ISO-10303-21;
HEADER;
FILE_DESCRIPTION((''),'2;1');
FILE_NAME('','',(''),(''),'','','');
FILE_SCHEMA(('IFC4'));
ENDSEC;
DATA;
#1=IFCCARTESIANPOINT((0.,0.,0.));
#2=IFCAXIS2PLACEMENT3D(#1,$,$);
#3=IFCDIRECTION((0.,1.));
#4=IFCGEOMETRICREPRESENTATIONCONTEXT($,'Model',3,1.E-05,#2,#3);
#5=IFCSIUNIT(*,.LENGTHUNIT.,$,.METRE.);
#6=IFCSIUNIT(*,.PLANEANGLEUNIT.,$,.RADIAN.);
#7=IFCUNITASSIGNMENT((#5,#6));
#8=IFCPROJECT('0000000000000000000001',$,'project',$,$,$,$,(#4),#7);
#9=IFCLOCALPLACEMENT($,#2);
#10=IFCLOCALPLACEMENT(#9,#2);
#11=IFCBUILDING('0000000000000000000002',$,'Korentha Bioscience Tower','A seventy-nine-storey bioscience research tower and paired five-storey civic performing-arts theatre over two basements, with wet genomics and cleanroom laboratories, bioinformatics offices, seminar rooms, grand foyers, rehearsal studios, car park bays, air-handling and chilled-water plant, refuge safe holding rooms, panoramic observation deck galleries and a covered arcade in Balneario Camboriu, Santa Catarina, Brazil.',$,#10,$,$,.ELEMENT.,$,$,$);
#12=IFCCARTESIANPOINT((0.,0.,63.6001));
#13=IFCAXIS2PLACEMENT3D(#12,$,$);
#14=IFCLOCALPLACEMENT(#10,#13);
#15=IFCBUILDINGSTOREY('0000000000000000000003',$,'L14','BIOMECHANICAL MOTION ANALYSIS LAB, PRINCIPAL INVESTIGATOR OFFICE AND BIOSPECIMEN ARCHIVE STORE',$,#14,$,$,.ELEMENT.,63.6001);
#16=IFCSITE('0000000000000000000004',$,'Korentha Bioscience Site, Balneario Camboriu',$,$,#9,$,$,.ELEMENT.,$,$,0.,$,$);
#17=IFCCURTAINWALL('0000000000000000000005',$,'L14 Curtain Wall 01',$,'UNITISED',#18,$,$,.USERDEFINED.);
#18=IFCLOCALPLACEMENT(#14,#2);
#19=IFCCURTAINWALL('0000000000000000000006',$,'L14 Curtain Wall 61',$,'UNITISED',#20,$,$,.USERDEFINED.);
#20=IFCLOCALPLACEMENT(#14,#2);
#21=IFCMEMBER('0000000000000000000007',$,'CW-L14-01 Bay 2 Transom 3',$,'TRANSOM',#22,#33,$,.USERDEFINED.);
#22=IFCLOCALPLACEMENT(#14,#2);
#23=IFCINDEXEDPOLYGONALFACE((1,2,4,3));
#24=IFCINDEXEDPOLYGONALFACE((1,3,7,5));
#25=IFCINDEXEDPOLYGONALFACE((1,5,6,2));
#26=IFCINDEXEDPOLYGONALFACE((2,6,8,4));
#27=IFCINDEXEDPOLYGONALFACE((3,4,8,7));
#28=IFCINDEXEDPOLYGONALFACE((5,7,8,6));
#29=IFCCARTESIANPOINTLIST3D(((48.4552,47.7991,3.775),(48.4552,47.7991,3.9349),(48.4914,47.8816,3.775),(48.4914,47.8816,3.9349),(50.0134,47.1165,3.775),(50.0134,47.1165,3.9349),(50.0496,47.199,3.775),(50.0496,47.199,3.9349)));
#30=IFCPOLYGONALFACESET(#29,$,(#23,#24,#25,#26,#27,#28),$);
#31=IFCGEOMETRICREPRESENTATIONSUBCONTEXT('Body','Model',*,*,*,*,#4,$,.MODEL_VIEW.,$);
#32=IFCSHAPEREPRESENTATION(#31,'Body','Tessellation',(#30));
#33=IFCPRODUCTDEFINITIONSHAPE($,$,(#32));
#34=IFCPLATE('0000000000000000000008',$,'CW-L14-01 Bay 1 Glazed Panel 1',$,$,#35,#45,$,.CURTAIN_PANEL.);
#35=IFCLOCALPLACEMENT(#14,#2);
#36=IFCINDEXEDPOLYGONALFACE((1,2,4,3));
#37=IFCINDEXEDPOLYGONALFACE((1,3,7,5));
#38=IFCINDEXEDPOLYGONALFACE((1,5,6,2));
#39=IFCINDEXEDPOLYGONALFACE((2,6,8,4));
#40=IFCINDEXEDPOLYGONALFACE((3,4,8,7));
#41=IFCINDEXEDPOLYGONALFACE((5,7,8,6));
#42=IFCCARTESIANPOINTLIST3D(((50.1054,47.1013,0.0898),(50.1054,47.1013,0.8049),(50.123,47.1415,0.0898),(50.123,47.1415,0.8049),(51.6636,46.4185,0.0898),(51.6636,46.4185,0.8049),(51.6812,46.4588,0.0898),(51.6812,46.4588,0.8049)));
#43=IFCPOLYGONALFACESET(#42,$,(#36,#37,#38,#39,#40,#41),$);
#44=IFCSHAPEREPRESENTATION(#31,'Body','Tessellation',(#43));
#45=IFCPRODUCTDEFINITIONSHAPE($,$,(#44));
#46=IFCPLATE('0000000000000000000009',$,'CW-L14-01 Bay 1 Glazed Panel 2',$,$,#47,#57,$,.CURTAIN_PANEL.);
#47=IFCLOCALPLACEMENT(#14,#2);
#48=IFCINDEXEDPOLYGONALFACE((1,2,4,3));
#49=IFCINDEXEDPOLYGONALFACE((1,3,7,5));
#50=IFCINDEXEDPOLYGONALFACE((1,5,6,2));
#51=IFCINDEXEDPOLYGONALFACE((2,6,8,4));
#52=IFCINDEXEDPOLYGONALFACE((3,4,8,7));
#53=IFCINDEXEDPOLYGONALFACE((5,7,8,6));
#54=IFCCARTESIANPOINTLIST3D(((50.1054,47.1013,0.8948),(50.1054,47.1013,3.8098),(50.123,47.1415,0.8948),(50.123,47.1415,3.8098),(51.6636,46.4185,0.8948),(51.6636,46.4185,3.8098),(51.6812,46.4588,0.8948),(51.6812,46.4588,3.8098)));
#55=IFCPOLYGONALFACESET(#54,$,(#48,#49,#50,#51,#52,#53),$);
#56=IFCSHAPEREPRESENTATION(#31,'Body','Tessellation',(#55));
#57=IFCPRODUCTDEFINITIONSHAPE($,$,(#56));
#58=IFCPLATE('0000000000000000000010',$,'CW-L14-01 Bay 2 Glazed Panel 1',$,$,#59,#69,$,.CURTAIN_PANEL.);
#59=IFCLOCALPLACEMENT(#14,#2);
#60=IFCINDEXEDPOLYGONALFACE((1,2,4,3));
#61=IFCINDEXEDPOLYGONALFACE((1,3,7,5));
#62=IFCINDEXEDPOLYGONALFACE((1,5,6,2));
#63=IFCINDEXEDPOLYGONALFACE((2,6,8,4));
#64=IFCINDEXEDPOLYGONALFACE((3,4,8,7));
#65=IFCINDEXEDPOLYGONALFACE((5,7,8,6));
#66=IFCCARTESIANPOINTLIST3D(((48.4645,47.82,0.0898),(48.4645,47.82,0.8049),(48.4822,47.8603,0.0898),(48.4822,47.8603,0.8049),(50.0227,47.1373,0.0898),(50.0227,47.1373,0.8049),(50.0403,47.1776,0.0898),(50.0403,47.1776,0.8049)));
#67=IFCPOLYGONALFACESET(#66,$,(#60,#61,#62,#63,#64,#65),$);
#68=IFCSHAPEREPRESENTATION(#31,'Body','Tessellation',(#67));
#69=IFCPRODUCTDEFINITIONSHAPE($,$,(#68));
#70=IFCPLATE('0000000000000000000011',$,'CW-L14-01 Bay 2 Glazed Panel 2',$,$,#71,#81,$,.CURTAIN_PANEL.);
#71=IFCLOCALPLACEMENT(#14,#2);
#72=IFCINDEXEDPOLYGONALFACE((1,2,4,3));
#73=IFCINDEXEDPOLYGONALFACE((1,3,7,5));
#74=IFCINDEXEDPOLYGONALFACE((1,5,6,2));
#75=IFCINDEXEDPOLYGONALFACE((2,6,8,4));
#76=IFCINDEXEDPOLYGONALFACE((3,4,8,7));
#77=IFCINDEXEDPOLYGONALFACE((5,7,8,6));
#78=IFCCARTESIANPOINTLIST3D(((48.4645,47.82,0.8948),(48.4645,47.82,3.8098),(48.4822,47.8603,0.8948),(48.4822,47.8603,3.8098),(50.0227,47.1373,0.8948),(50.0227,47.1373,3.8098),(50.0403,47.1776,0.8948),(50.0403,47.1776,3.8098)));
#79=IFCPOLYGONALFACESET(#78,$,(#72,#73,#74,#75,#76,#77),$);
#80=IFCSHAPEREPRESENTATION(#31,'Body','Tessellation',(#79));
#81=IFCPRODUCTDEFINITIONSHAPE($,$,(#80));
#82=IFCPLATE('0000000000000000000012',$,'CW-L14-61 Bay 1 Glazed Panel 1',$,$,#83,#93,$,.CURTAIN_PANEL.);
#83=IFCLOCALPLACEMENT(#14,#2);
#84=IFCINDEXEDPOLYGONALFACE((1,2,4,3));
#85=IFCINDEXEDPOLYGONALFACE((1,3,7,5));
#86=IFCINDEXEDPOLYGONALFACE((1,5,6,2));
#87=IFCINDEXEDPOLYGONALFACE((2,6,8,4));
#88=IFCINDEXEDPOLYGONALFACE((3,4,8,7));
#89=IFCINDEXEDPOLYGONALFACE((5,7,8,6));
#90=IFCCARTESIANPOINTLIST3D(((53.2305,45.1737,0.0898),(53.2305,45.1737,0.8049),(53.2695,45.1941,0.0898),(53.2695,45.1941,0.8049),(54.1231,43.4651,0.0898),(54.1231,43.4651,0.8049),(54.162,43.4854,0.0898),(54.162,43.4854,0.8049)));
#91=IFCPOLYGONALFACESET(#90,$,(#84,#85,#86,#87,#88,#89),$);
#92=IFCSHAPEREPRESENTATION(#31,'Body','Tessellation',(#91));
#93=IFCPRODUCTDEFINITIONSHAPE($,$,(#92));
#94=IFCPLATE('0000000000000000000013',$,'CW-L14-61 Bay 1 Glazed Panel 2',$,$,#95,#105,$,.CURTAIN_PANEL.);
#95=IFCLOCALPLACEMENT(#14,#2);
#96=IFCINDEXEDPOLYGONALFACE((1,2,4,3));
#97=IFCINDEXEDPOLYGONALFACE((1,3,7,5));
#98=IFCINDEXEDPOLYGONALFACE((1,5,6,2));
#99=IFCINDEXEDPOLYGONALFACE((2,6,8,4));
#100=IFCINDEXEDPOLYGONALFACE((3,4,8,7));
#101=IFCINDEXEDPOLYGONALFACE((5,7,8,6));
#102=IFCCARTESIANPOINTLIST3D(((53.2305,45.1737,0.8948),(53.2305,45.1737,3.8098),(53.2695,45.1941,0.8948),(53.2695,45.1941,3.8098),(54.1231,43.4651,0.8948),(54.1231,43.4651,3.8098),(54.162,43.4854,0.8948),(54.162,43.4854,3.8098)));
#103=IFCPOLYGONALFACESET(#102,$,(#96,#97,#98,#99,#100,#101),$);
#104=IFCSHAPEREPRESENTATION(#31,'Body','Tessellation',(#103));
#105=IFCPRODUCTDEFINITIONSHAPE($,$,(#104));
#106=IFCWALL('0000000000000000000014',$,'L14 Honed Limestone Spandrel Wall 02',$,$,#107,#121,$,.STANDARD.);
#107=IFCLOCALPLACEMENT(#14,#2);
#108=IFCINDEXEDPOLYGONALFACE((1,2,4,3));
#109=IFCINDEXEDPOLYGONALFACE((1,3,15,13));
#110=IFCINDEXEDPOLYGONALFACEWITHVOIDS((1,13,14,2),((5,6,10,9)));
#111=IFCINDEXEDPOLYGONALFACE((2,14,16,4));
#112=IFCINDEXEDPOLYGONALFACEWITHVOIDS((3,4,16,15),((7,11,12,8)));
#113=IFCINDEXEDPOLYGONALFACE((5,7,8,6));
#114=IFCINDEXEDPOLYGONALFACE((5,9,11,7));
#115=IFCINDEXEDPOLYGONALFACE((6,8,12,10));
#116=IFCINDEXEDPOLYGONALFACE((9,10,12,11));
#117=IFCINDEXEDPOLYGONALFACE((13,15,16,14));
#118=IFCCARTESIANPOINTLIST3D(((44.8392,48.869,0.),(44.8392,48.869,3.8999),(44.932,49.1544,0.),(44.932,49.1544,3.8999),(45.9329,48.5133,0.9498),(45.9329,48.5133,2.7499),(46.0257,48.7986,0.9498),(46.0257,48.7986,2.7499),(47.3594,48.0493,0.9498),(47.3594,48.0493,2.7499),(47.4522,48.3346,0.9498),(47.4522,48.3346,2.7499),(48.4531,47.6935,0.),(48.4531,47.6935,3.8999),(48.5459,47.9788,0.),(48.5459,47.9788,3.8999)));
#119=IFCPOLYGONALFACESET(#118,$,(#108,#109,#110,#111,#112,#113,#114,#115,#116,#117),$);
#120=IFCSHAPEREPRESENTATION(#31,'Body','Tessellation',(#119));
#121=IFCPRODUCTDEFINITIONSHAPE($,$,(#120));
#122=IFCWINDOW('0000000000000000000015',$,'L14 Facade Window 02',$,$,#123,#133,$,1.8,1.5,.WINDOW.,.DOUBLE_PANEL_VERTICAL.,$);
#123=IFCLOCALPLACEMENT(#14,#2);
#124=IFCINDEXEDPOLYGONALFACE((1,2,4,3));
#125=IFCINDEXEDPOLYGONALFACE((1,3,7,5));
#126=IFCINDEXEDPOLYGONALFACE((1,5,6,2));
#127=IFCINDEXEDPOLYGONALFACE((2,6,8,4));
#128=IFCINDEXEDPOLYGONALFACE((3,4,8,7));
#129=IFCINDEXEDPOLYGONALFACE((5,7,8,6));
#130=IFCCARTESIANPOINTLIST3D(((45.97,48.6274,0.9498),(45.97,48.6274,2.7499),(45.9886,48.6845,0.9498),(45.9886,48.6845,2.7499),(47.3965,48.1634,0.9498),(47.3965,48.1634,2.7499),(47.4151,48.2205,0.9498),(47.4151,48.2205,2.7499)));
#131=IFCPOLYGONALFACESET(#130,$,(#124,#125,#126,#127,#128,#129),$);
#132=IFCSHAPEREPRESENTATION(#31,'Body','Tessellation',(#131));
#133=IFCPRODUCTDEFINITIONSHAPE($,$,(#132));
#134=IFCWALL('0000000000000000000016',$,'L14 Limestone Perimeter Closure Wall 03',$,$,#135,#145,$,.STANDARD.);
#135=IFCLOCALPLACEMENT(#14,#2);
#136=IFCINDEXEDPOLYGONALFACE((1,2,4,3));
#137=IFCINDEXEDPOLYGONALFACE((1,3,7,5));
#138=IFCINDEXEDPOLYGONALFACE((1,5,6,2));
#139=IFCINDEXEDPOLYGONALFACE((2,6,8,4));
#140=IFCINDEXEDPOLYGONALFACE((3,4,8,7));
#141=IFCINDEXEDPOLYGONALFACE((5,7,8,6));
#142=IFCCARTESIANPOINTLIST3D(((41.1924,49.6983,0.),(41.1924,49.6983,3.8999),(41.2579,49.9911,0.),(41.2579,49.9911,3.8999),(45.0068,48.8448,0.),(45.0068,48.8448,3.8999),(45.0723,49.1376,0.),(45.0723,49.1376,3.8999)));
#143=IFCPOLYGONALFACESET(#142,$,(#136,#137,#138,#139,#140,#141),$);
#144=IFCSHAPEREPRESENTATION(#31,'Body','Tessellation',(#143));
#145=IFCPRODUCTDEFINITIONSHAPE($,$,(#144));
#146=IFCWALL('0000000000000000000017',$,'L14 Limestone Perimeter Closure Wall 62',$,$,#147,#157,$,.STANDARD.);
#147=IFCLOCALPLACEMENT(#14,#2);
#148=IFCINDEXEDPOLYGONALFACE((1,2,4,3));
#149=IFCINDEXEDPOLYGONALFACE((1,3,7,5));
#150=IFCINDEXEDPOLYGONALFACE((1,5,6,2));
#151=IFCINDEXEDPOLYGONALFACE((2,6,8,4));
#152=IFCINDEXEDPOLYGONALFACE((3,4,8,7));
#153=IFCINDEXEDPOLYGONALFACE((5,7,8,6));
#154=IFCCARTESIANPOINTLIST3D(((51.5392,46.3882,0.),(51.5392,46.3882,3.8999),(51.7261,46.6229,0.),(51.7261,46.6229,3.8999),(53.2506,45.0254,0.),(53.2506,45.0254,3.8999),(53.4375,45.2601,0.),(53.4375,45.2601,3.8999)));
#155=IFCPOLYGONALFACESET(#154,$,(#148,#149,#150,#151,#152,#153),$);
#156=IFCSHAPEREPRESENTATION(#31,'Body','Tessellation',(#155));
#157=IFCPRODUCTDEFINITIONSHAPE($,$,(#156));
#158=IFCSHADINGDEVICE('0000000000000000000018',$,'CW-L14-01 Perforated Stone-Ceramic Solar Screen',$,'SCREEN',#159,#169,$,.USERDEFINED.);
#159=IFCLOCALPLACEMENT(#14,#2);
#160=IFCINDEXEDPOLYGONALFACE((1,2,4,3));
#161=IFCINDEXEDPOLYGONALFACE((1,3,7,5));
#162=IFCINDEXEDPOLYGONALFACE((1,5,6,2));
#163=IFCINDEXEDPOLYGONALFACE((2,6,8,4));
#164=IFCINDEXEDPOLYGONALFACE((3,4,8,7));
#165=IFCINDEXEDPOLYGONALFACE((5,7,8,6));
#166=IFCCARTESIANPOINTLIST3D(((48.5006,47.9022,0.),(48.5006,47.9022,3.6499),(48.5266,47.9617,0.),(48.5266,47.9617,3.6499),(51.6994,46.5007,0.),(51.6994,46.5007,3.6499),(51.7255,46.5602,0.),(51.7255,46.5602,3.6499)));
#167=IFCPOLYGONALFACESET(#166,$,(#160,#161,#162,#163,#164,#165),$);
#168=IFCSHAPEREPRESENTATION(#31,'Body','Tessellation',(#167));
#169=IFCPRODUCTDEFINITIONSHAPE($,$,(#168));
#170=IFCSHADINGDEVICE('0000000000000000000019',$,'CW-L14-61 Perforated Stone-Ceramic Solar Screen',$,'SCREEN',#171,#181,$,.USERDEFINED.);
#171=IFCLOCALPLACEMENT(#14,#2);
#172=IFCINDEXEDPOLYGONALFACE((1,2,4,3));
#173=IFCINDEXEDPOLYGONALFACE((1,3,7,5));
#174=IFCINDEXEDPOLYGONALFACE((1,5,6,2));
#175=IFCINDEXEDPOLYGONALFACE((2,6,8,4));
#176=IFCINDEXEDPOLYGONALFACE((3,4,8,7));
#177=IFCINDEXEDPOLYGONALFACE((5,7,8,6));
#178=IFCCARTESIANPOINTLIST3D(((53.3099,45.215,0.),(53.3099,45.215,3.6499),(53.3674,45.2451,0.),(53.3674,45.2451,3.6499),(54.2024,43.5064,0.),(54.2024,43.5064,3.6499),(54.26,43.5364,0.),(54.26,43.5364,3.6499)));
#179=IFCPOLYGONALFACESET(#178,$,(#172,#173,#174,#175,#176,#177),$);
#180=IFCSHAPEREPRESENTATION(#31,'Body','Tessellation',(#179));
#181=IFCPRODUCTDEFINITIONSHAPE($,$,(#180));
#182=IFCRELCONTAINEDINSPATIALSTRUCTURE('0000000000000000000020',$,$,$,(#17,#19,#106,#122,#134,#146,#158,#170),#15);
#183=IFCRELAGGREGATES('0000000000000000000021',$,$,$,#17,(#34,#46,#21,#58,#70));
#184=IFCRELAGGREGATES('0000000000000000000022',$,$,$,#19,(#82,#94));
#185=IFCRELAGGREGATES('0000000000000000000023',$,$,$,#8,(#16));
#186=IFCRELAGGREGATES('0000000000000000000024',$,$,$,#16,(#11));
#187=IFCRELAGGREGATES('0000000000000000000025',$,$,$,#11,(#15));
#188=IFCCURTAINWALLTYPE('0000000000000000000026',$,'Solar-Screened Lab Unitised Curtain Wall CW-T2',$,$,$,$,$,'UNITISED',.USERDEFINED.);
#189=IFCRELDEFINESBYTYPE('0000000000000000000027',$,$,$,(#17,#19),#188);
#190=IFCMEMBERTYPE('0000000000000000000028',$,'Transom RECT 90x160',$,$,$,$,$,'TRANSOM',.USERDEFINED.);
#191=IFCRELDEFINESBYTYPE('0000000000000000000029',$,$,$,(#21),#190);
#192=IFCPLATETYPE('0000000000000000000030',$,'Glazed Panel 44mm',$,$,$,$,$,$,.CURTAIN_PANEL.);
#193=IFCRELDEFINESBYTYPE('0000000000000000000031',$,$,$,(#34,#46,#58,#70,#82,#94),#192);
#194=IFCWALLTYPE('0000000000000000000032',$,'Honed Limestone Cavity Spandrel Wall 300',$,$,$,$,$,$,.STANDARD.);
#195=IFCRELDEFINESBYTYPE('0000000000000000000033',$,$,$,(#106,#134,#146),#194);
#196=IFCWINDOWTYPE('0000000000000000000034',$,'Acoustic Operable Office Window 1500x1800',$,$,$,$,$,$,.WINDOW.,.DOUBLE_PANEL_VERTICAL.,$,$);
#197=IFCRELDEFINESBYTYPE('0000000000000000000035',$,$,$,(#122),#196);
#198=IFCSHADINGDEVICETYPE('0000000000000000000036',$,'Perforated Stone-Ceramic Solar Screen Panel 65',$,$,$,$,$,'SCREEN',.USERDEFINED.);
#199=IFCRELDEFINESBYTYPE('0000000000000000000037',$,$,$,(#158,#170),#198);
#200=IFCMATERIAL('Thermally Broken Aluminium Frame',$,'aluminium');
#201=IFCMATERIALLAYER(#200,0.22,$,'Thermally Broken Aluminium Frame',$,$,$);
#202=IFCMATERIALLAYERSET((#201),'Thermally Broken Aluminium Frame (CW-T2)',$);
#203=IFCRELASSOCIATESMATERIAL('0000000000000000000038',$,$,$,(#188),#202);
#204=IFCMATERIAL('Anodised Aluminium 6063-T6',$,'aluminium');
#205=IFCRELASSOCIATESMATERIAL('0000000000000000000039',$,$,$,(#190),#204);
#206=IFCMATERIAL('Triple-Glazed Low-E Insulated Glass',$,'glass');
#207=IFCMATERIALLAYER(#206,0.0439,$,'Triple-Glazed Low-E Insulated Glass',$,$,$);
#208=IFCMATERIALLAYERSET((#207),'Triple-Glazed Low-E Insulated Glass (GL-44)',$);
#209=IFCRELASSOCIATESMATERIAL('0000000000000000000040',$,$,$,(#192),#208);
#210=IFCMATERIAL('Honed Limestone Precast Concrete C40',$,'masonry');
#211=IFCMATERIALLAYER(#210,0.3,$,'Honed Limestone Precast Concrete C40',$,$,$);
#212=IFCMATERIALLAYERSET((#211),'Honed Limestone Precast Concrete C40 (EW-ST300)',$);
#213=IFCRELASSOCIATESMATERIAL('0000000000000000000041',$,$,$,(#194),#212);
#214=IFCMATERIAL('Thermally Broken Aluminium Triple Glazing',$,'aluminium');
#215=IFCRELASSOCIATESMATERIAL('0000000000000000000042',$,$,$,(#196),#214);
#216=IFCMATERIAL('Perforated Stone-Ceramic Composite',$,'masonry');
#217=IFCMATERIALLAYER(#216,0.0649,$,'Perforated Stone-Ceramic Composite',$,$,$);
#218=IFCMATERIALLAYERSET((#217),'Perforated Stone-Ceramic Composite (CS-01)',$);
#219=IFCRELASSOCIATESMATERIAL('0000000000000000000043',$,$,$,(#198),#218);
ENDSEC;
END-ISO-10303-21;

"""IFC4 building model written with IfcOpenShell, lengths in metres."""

from ifc_helpers import new_model, si_unit, direction, frame, frame_2d, origin, origin_2d, place, context, subcontext, project, spatial, rectangle, extrude, material, layer, layer_set, material_profile, profile_set, type_object, element, fill, aggregate, save


model = new_model("IFC4")

# Units and contexts
model_context = context("Model", 3, precision=1e-05, world=origin(), true_north=direction((0.0, 1.0)))
body_context = subcontext(model_context, "Body", "Model", "MODEL_VIEW")
ifc_project = project(units=[si_unit("LENGTHUNIT", "METRE"), si_unit("PLANEANGLEUNIT", "RADIAN")], contexts=[model_context])

# Site, building, storey
site_placement = place(None, origin())
site = spatial("IfcSite", under=ifc_project, at=site_placement, Name="Korentha Bioscience Site, Balneario Camboriu", CompositionType="ELEMENT", RefElevation=0.0)
building_placement = place(site_placement, origin())
building = spatial("IfcBuilding", under=site, at=building_placement, Name="Korentha Bioscience Tower", Description="A seventy-nine-storey bioscience research tower and paired five-storey civic performing-arts theatre over two basements, with wet genomics and cleanroom laboratories, bioinformatics offices, seminar rooms, grand foyers, rehearsal studios, car park bays, air-handling and chilled-water plant, refuge safe holding rooms, panoramic observation deck galleries and a covered arcade in Balneario Camboriu, Santa Catarina, Brazil.", CompositionType="ELEMENT")
storey_placement = place(building_placement, frame((0.0, 0.0, 63.6001)))
storey = spatial("IfcBuildingStorey", under=building, at=storey_placement, Name="L14", Description="BIOMECHANICAL MOTION ANALYSIS LAB, PRINCIPAL INVESTIGATOR OFFICE AND BIOSPECIMEN ARCHIVE STORE", CompositionType="ELEMENT", Elevation=63.6001)

# Curtain wall
ifc_material_1 = material(Name="Thermally Broken Aluminium Frame", Category="aluminium")
ifc_layer_1 = layer(ifc_material_1, 0.22, Name="Thermally Broken Aluminium Frame")
ifc_layer_set_1 = layer_set([ifc_layer_1], Name="Thermally Broken Aluminium Frame (CW-T2)")
curtain_wall_type = type_object("IfcCurtainWallType", Name="Solar-Screened Lab Unitised Curtain Wall CW-T2", ElementType="UNITISED", PredefinedType="USERDEFINED", material=ifc_layer_set_1)
curtain_wall_1_placement = place(storey_placement, origin())
curtain_wall_1 = element("IfcCurtainWall", 1, at=curtain_wall_1_placement, inside=storey, type_object=curtain_wall_type, Name="L14 Curtain Wall 01", ObjectType="UNITISED", PredefinedType="USERDEFINED")
ifc_material_2 = material(Name="Anodised Aluminium 6063-T6", Category="aluminium")

# Curtain wall
curtain_wall_2_placement = place(storey_placement, origin())
curtain_wall_2 = element("IfcCurtainWall", 2, at=curtain_wall_2_placement, inside=storey, type_object=curtain_wall_type, Name="L14 Curtain Wall 61", ObjectType="UNITISED", PredefinedType="USERDEFINED")

# Member
ifc_material_profile_1 = material_profile(ifc_material_2, rectangle(XDim=0.0901, YDim=0.1599, at=origin_2d()), Name="Anodised Aluminium 6063-T6")
ifc_profile_set_1 = profile_set([ifc_material_profile_1], Name="Anodised Aluminium 6063-T6 (CW-TRN)")
member_type_1 = type_object("IfcMemberType", Name="Transom RECT 90x160", ElementType="TRANSOM", PredefinedType="USERDEFINED", material=ifc_profile_set_1)
member_1_placement = place(storey_placement, frame((50.0315, 47.1577, 3.855), z_axis=(-0.915953, 0.401286, 0.0), x_axis=(-0.401286, -0.915953, 0.0)))
member_1 = element("IfcMember", 3, at=member_1_placement, type_object=member_type_1, Name="CW-L14-01 Bay 2 Transom 3", ObjectType="TRANSOM", PredefinedType="USERDEFINED", context=body_context, shape_type="SweptSolid", body=[
    extrude(rectangle(XDim=0.0901, YDim=0.1599, at=origin_2d()), origin(), (0.0, 0.0, 1.0), 1.7012),
])

# Plates
ifc_material_3 = material(Name="Triple-Glazed Low-E Insulated Glass", Category="glass")
ifc_layer_2 = layer(ifc_material_3, 0.0439, Name="Triple-Glazed Low-E Insulated Glass")
ifc_layer_set_2 = layer_set([ifc_layer_2], Name="Triple-Glazed Low-E Insulated Glass (GL-44)")
plate_type = type_object("IfcPlateType", Name="Glazed Panel 44mm", PredefinedType="CURTAIN_PANEL", material=ifc_layer_set_2)
plate_1_placement = place(storey_placement, frame((50.8933, 46.78, 0.0898), z_axis=(0.0, 0.0, 1.0), x_axis=(-0.915939, 0.401317, 0.0)))
plate_1 = element("IfcPlate", 4, at=plate_1_placement, type_object=plate_type, Name="CW-L14-01 Bay 1 Glazed Panel 1", PredefinedType="CURTAIN_PANEL", context=body_context, shape_type="SweptSolid", body=[
    extrude(rectangle(XDim=1.7012, YDim=0.0439, at=origin_2d()), origin(), (0.0, 0.0, 1.0), 0.7151),
])
plate_2_placement = place(storey_placement, frame((50.8933, 46.78, 0.8948), z_axis=(0.0, 0.0, 1.0), x_axis=(-0.915939, 0.401317, 0.0)))
plate_2 = element("IfcPlate", 5, at=plate_2_placement, type_object=plate_type, Name="CW-L14-01 Bay 1 Glazed Panel 2", PredefinedType="CURTAIN_PANEL", context=body_context, shape_type="SweptSolid", body=[
    extrude(rectangle(XDim=1.7012, YDim=0.0439, at=origin_2d()), origin(), (0.0, 0.0, 1.0), 2.915),
])
plate_3_placement = place(storey_placement, frame((49.2524, 47.4988, 0.0898), z_axis=(0.0, 0.0, 1.0), x_axis=(-0.915939, 0.401317, 0.0)))
plate_3 = element("IfcPlate", 6, at=plate_3_placement, type_object=plate_type, Name="CW-L14-01 Bay 2 Glazed Panel 1", PredefinedType="CURTAIN_PANEL", context=body_context, shape_type="SweptSolid", body=[
    extrude(rectangle(XDim=1.7012, YDim=0.0439, at=origin_2d()), origin(), (0.0, 0.0, 1.0), 0.7151),
])
plate_4_placement = place(storey_placement, frame((49.2524, 47.4988, 0.8948), z_axis=(0.0, 0.0, 1.0), x_axis=(-0.915939, 0.401317, 0.0)))
plate_4 = element("IfcPlate", 7, at=plate_4_placement, type_object=plate_type, Name="CW-L14-01 Bay 2 Glazed Panel 2", PredefinedType="CURTAIN_PANEL", context=body_context, shape_type="SweptSolid", body=[
    extrude(rectangle(XDim=1.7012, YDim=0.0439, at=origin_2d()), origin(), (0.0, 0.0, 1.0), 2.915),
])
aggregate(curtain_wall_1, [plate_1, plate_2, member_1, plate_3, plate_4])
plate_5_placement = place(storey_placement, frame((53.6963, 44.3296, 0.0898), z_axis=(0.0, 0.0, 1.0), x_axis=(-0.463009, 0.886354, 0.0)))
plate_5 = element("IfcPlate", 8, at=plate_5_placement, type_object=plate_type, Name="CW-L14-61 Bay 1 Glazed Panel 1", PredefinedType="CURTAIN_PANEL", context=body_context, shape_type="SweptSolid", body=[
    extrude(rectangle(XDim=1.9277, YDim=0.0439, at=origin_2d()), origin(), (0.0, 0.0, 1.0), 0.7151),
])
plate_6_placement = place(storey_placement, frame((53.6963, 44.3296, 0.8948), z_axis=(0.0, 0.0, 1.0), x_axis=(-0.463009, 0.886354, 0.0)))
plate_6 = element("IfcPlate", 9, at=plate_6_placement, type_object=plate_type, Name="CW-L14-61 Bay 1 Glazed Panel 2", PredefinedType="CURTAIN_PANEL", context=body_context, shape_type="SweptSolid", body=[
    extrude(rectangle(XDim=1.9277, YDim=0.0439, at=origin_2d()), origin(), (0.0, 0.0, 1.0), 2.915),
])
aggregate(curtain_wall_2, [plate_5, plate_6])

# Wall, opening, window
ifc_material_4 = material(Name="Honed Limestone Precast Concrete C40", Category="masonry")
ifc_layer_3 = layer(ifc_material_4, 0.3, Name="Honed Limestone Precast Concrete C40")
ifc_layer_set_3 = layer_set([ifc_layer_3], Name="Honed Limestone Precast Concrete C40 (EW-ST300)")
wall_type = type_object("IfcWallType", Name="Honed Limestone Cavity Spandrel Wall 300", PredefinedType="STANDARD", material=ifc_layer_set_3)
wall_1_placement = place(storey_placement, frame((48.4995, 47.8362, 0.0), z_axis=(0.0, 0.0, 1.0), x_axis=(-0.950958, 0.30932, 0.0)))
wall_1 = element("IfcWall", 10, at=wall_1_placement, inside=storey, type_object=wall_type, Name="L14 Honed Limestone Spandrel Wall 02", PredefinedType="STANDARD", context=body_context, shape_type="SweptSolid", body=[
    extrude(rectangle(XDim=3.8003, YDim=0.3, at=frame_2d((1.9001, 0.0))), origin(), (0.0, 0.0, 1.0), 3.8999),
])
opening_placement = place(wall_1_placement, frame((1.1501, 0.0, 0.95)))
opening = element("IfcOpeningElement", 11, at=opening_placement, cuts=wall_1, PredefinedType="OPENING", context=body_context, shape_type="SweptSolid", body=[
    extrude(rectangle(XDim=1.5, YDim=1.8, at=frame_2d((0.75, 0.8999))), frame((0.0, 0.165, 0.0), z_axis=(0.0, -1.0, 0.0), x_axis=(1.0, 0.0, 0.0)), (0.0, 0.0, 1.0), 0.3298),
])
ifc_material_5 = material(Name="Thermally Broken Aluminium Triple Glazing", Category="aluminium")
window_type = type_object("IfcWindowType", Name="Acoustic Operable Office Window 1500x1800", PartitioningType="DOUBLE_PANEL_VERTICAL", PredefinedType="WINDOW", material=ifc_material_5)
window_placement = place(opening_placement, origin())
window = element("IfcWindow", 12, at=window_placement, inside=storey, type_object=window_type, Name="L14 Facade Window 02", OverallHeight=1.8, OverallWidth=1.5, PartitioningType="DOUBLE_PANEL_VERTICAL", PredefinedType="WINDOW", context=body_context, shape_type="SweptSolid", body=[
    extrude(rectangle(XDim=1.5, YDim=1.8, at=frame_2d((0.75, 0.8999))), frame((0.0, 0.03, 0.0), z_axis=(0.0, -1.0, 0.0), x_axis=(1.0, 0.0, 0.0)), (0.0, 0.0, 1.0), 0.0601),
])
fill(opening, window)

# Walls
wall_2_placement = place(storey_placement, frame((45.0396, 48.9912, 0.0), z_axis=(0.0, 0.0, 1.0), x_axis=(-0.975869, 0.218359, 0.0)))
element("IfcWall", 13, at=wall_2_placement, inside=storey, type_object=wall_type, Name="L14 Limestone Perimeter Closure Wall 03", PredefinedType="STANDARD", context=body_context, shape_type="SweptSolid", body=[
    extrude(rectangle(XDim=3.9087, YDim=0.3, at=frame_2d((1.9543, 0.0))), origin(), (0.0, 0.0, 1.0), 3.8999),
])
wall_3_placement = place(storey_placement, frame((53.344, 45.1428, 0.0), z_axis=(0.0, 0.0, 1.0), x_axis=(-0.782282, 0.622924, 0.0)))
element("IfcWall", 14, at=wall_3_placement, inside=storey, type_object=wall_type, Name="L14 Limestone Perimeter Closure Wall 62", PredefinedType="STANDARD", context=body_context, shape_type="SweptSolid", body=[
    extrude(rectangle(XDim=2.1877, YDim=0.3, at=frame_2d((1.0938, 0.0))), origin(), (0.0, 0.0, 1.0), 3.8999),
])

# Shading devices
ifc_material_6 = material(Name="Perforated Stone-Ceramic Composite", Category="masonry")
ifc_layer_4 = layer(ifc_material_6, 0.0649, Name="Perforated Stone-Ceramic Composite")
ifc_layer_set_4 = layer_set([ifc_layer_4], Name="Perforated Stone-Ceramic Composite (CS-01)")
shading_device_type_1 = type_object("IfcShadingDeviceType", Name="Perforated Stone-Ceramic Solar Screen Panel 65", ElementType="SCREEN", PredefinedType="USERDEFINED", material=ifc_layer_set_4)
shading_device_1_placement = place(storey_placement, frame((50.113, 47.2312, 0.0), z_axis=(0.0, 0.0, 1.0), x_axis=(-0.915939, 0.401317, 0.0)))
element("IfcShadingDevice", 15, at=shading_device_1_placement, inside=storey, type_object=shading_device_type_1, Name="CW-L14-01 Perforated Stone-Ceramic Solar Screen", ObjectType="SCREEN", PredefinedType="USERDEFINED", context=body_context, shape_type="SweptSolid", body=[
    extrude(rectangle(XDim=3.4924, YDim=0.0649, at=origin_2d()), origin(), (0.0, 0.0, 1.0), 3.6499),
])
shading_device_2_placement = place(storey_placement, frame((53.7849, 44.3757, 0.0), z_axis=(0.0, 0.0, 1.0), x_axis=(-0.463009, 0.886354, 0.0)))
element("IfcShadingDevice", 16, at=shading_device_2_placement, inside=storey, type_object=shading_device_type_1, Name="CW-L14-61 Perforated Stone-Ceramic Solar Screen", ObjectType="SCREEN", PredefinedType="USERDEFINED", context=body_context, shape_type="SweptSolid", body=[
    extrude(rectangle(XDim=1.9277, YDim=0.0649, at=origin_2d()), origin(), (0.0, 0.0, 1.0), 3.6499),
])

save(model, "model.ifc")
